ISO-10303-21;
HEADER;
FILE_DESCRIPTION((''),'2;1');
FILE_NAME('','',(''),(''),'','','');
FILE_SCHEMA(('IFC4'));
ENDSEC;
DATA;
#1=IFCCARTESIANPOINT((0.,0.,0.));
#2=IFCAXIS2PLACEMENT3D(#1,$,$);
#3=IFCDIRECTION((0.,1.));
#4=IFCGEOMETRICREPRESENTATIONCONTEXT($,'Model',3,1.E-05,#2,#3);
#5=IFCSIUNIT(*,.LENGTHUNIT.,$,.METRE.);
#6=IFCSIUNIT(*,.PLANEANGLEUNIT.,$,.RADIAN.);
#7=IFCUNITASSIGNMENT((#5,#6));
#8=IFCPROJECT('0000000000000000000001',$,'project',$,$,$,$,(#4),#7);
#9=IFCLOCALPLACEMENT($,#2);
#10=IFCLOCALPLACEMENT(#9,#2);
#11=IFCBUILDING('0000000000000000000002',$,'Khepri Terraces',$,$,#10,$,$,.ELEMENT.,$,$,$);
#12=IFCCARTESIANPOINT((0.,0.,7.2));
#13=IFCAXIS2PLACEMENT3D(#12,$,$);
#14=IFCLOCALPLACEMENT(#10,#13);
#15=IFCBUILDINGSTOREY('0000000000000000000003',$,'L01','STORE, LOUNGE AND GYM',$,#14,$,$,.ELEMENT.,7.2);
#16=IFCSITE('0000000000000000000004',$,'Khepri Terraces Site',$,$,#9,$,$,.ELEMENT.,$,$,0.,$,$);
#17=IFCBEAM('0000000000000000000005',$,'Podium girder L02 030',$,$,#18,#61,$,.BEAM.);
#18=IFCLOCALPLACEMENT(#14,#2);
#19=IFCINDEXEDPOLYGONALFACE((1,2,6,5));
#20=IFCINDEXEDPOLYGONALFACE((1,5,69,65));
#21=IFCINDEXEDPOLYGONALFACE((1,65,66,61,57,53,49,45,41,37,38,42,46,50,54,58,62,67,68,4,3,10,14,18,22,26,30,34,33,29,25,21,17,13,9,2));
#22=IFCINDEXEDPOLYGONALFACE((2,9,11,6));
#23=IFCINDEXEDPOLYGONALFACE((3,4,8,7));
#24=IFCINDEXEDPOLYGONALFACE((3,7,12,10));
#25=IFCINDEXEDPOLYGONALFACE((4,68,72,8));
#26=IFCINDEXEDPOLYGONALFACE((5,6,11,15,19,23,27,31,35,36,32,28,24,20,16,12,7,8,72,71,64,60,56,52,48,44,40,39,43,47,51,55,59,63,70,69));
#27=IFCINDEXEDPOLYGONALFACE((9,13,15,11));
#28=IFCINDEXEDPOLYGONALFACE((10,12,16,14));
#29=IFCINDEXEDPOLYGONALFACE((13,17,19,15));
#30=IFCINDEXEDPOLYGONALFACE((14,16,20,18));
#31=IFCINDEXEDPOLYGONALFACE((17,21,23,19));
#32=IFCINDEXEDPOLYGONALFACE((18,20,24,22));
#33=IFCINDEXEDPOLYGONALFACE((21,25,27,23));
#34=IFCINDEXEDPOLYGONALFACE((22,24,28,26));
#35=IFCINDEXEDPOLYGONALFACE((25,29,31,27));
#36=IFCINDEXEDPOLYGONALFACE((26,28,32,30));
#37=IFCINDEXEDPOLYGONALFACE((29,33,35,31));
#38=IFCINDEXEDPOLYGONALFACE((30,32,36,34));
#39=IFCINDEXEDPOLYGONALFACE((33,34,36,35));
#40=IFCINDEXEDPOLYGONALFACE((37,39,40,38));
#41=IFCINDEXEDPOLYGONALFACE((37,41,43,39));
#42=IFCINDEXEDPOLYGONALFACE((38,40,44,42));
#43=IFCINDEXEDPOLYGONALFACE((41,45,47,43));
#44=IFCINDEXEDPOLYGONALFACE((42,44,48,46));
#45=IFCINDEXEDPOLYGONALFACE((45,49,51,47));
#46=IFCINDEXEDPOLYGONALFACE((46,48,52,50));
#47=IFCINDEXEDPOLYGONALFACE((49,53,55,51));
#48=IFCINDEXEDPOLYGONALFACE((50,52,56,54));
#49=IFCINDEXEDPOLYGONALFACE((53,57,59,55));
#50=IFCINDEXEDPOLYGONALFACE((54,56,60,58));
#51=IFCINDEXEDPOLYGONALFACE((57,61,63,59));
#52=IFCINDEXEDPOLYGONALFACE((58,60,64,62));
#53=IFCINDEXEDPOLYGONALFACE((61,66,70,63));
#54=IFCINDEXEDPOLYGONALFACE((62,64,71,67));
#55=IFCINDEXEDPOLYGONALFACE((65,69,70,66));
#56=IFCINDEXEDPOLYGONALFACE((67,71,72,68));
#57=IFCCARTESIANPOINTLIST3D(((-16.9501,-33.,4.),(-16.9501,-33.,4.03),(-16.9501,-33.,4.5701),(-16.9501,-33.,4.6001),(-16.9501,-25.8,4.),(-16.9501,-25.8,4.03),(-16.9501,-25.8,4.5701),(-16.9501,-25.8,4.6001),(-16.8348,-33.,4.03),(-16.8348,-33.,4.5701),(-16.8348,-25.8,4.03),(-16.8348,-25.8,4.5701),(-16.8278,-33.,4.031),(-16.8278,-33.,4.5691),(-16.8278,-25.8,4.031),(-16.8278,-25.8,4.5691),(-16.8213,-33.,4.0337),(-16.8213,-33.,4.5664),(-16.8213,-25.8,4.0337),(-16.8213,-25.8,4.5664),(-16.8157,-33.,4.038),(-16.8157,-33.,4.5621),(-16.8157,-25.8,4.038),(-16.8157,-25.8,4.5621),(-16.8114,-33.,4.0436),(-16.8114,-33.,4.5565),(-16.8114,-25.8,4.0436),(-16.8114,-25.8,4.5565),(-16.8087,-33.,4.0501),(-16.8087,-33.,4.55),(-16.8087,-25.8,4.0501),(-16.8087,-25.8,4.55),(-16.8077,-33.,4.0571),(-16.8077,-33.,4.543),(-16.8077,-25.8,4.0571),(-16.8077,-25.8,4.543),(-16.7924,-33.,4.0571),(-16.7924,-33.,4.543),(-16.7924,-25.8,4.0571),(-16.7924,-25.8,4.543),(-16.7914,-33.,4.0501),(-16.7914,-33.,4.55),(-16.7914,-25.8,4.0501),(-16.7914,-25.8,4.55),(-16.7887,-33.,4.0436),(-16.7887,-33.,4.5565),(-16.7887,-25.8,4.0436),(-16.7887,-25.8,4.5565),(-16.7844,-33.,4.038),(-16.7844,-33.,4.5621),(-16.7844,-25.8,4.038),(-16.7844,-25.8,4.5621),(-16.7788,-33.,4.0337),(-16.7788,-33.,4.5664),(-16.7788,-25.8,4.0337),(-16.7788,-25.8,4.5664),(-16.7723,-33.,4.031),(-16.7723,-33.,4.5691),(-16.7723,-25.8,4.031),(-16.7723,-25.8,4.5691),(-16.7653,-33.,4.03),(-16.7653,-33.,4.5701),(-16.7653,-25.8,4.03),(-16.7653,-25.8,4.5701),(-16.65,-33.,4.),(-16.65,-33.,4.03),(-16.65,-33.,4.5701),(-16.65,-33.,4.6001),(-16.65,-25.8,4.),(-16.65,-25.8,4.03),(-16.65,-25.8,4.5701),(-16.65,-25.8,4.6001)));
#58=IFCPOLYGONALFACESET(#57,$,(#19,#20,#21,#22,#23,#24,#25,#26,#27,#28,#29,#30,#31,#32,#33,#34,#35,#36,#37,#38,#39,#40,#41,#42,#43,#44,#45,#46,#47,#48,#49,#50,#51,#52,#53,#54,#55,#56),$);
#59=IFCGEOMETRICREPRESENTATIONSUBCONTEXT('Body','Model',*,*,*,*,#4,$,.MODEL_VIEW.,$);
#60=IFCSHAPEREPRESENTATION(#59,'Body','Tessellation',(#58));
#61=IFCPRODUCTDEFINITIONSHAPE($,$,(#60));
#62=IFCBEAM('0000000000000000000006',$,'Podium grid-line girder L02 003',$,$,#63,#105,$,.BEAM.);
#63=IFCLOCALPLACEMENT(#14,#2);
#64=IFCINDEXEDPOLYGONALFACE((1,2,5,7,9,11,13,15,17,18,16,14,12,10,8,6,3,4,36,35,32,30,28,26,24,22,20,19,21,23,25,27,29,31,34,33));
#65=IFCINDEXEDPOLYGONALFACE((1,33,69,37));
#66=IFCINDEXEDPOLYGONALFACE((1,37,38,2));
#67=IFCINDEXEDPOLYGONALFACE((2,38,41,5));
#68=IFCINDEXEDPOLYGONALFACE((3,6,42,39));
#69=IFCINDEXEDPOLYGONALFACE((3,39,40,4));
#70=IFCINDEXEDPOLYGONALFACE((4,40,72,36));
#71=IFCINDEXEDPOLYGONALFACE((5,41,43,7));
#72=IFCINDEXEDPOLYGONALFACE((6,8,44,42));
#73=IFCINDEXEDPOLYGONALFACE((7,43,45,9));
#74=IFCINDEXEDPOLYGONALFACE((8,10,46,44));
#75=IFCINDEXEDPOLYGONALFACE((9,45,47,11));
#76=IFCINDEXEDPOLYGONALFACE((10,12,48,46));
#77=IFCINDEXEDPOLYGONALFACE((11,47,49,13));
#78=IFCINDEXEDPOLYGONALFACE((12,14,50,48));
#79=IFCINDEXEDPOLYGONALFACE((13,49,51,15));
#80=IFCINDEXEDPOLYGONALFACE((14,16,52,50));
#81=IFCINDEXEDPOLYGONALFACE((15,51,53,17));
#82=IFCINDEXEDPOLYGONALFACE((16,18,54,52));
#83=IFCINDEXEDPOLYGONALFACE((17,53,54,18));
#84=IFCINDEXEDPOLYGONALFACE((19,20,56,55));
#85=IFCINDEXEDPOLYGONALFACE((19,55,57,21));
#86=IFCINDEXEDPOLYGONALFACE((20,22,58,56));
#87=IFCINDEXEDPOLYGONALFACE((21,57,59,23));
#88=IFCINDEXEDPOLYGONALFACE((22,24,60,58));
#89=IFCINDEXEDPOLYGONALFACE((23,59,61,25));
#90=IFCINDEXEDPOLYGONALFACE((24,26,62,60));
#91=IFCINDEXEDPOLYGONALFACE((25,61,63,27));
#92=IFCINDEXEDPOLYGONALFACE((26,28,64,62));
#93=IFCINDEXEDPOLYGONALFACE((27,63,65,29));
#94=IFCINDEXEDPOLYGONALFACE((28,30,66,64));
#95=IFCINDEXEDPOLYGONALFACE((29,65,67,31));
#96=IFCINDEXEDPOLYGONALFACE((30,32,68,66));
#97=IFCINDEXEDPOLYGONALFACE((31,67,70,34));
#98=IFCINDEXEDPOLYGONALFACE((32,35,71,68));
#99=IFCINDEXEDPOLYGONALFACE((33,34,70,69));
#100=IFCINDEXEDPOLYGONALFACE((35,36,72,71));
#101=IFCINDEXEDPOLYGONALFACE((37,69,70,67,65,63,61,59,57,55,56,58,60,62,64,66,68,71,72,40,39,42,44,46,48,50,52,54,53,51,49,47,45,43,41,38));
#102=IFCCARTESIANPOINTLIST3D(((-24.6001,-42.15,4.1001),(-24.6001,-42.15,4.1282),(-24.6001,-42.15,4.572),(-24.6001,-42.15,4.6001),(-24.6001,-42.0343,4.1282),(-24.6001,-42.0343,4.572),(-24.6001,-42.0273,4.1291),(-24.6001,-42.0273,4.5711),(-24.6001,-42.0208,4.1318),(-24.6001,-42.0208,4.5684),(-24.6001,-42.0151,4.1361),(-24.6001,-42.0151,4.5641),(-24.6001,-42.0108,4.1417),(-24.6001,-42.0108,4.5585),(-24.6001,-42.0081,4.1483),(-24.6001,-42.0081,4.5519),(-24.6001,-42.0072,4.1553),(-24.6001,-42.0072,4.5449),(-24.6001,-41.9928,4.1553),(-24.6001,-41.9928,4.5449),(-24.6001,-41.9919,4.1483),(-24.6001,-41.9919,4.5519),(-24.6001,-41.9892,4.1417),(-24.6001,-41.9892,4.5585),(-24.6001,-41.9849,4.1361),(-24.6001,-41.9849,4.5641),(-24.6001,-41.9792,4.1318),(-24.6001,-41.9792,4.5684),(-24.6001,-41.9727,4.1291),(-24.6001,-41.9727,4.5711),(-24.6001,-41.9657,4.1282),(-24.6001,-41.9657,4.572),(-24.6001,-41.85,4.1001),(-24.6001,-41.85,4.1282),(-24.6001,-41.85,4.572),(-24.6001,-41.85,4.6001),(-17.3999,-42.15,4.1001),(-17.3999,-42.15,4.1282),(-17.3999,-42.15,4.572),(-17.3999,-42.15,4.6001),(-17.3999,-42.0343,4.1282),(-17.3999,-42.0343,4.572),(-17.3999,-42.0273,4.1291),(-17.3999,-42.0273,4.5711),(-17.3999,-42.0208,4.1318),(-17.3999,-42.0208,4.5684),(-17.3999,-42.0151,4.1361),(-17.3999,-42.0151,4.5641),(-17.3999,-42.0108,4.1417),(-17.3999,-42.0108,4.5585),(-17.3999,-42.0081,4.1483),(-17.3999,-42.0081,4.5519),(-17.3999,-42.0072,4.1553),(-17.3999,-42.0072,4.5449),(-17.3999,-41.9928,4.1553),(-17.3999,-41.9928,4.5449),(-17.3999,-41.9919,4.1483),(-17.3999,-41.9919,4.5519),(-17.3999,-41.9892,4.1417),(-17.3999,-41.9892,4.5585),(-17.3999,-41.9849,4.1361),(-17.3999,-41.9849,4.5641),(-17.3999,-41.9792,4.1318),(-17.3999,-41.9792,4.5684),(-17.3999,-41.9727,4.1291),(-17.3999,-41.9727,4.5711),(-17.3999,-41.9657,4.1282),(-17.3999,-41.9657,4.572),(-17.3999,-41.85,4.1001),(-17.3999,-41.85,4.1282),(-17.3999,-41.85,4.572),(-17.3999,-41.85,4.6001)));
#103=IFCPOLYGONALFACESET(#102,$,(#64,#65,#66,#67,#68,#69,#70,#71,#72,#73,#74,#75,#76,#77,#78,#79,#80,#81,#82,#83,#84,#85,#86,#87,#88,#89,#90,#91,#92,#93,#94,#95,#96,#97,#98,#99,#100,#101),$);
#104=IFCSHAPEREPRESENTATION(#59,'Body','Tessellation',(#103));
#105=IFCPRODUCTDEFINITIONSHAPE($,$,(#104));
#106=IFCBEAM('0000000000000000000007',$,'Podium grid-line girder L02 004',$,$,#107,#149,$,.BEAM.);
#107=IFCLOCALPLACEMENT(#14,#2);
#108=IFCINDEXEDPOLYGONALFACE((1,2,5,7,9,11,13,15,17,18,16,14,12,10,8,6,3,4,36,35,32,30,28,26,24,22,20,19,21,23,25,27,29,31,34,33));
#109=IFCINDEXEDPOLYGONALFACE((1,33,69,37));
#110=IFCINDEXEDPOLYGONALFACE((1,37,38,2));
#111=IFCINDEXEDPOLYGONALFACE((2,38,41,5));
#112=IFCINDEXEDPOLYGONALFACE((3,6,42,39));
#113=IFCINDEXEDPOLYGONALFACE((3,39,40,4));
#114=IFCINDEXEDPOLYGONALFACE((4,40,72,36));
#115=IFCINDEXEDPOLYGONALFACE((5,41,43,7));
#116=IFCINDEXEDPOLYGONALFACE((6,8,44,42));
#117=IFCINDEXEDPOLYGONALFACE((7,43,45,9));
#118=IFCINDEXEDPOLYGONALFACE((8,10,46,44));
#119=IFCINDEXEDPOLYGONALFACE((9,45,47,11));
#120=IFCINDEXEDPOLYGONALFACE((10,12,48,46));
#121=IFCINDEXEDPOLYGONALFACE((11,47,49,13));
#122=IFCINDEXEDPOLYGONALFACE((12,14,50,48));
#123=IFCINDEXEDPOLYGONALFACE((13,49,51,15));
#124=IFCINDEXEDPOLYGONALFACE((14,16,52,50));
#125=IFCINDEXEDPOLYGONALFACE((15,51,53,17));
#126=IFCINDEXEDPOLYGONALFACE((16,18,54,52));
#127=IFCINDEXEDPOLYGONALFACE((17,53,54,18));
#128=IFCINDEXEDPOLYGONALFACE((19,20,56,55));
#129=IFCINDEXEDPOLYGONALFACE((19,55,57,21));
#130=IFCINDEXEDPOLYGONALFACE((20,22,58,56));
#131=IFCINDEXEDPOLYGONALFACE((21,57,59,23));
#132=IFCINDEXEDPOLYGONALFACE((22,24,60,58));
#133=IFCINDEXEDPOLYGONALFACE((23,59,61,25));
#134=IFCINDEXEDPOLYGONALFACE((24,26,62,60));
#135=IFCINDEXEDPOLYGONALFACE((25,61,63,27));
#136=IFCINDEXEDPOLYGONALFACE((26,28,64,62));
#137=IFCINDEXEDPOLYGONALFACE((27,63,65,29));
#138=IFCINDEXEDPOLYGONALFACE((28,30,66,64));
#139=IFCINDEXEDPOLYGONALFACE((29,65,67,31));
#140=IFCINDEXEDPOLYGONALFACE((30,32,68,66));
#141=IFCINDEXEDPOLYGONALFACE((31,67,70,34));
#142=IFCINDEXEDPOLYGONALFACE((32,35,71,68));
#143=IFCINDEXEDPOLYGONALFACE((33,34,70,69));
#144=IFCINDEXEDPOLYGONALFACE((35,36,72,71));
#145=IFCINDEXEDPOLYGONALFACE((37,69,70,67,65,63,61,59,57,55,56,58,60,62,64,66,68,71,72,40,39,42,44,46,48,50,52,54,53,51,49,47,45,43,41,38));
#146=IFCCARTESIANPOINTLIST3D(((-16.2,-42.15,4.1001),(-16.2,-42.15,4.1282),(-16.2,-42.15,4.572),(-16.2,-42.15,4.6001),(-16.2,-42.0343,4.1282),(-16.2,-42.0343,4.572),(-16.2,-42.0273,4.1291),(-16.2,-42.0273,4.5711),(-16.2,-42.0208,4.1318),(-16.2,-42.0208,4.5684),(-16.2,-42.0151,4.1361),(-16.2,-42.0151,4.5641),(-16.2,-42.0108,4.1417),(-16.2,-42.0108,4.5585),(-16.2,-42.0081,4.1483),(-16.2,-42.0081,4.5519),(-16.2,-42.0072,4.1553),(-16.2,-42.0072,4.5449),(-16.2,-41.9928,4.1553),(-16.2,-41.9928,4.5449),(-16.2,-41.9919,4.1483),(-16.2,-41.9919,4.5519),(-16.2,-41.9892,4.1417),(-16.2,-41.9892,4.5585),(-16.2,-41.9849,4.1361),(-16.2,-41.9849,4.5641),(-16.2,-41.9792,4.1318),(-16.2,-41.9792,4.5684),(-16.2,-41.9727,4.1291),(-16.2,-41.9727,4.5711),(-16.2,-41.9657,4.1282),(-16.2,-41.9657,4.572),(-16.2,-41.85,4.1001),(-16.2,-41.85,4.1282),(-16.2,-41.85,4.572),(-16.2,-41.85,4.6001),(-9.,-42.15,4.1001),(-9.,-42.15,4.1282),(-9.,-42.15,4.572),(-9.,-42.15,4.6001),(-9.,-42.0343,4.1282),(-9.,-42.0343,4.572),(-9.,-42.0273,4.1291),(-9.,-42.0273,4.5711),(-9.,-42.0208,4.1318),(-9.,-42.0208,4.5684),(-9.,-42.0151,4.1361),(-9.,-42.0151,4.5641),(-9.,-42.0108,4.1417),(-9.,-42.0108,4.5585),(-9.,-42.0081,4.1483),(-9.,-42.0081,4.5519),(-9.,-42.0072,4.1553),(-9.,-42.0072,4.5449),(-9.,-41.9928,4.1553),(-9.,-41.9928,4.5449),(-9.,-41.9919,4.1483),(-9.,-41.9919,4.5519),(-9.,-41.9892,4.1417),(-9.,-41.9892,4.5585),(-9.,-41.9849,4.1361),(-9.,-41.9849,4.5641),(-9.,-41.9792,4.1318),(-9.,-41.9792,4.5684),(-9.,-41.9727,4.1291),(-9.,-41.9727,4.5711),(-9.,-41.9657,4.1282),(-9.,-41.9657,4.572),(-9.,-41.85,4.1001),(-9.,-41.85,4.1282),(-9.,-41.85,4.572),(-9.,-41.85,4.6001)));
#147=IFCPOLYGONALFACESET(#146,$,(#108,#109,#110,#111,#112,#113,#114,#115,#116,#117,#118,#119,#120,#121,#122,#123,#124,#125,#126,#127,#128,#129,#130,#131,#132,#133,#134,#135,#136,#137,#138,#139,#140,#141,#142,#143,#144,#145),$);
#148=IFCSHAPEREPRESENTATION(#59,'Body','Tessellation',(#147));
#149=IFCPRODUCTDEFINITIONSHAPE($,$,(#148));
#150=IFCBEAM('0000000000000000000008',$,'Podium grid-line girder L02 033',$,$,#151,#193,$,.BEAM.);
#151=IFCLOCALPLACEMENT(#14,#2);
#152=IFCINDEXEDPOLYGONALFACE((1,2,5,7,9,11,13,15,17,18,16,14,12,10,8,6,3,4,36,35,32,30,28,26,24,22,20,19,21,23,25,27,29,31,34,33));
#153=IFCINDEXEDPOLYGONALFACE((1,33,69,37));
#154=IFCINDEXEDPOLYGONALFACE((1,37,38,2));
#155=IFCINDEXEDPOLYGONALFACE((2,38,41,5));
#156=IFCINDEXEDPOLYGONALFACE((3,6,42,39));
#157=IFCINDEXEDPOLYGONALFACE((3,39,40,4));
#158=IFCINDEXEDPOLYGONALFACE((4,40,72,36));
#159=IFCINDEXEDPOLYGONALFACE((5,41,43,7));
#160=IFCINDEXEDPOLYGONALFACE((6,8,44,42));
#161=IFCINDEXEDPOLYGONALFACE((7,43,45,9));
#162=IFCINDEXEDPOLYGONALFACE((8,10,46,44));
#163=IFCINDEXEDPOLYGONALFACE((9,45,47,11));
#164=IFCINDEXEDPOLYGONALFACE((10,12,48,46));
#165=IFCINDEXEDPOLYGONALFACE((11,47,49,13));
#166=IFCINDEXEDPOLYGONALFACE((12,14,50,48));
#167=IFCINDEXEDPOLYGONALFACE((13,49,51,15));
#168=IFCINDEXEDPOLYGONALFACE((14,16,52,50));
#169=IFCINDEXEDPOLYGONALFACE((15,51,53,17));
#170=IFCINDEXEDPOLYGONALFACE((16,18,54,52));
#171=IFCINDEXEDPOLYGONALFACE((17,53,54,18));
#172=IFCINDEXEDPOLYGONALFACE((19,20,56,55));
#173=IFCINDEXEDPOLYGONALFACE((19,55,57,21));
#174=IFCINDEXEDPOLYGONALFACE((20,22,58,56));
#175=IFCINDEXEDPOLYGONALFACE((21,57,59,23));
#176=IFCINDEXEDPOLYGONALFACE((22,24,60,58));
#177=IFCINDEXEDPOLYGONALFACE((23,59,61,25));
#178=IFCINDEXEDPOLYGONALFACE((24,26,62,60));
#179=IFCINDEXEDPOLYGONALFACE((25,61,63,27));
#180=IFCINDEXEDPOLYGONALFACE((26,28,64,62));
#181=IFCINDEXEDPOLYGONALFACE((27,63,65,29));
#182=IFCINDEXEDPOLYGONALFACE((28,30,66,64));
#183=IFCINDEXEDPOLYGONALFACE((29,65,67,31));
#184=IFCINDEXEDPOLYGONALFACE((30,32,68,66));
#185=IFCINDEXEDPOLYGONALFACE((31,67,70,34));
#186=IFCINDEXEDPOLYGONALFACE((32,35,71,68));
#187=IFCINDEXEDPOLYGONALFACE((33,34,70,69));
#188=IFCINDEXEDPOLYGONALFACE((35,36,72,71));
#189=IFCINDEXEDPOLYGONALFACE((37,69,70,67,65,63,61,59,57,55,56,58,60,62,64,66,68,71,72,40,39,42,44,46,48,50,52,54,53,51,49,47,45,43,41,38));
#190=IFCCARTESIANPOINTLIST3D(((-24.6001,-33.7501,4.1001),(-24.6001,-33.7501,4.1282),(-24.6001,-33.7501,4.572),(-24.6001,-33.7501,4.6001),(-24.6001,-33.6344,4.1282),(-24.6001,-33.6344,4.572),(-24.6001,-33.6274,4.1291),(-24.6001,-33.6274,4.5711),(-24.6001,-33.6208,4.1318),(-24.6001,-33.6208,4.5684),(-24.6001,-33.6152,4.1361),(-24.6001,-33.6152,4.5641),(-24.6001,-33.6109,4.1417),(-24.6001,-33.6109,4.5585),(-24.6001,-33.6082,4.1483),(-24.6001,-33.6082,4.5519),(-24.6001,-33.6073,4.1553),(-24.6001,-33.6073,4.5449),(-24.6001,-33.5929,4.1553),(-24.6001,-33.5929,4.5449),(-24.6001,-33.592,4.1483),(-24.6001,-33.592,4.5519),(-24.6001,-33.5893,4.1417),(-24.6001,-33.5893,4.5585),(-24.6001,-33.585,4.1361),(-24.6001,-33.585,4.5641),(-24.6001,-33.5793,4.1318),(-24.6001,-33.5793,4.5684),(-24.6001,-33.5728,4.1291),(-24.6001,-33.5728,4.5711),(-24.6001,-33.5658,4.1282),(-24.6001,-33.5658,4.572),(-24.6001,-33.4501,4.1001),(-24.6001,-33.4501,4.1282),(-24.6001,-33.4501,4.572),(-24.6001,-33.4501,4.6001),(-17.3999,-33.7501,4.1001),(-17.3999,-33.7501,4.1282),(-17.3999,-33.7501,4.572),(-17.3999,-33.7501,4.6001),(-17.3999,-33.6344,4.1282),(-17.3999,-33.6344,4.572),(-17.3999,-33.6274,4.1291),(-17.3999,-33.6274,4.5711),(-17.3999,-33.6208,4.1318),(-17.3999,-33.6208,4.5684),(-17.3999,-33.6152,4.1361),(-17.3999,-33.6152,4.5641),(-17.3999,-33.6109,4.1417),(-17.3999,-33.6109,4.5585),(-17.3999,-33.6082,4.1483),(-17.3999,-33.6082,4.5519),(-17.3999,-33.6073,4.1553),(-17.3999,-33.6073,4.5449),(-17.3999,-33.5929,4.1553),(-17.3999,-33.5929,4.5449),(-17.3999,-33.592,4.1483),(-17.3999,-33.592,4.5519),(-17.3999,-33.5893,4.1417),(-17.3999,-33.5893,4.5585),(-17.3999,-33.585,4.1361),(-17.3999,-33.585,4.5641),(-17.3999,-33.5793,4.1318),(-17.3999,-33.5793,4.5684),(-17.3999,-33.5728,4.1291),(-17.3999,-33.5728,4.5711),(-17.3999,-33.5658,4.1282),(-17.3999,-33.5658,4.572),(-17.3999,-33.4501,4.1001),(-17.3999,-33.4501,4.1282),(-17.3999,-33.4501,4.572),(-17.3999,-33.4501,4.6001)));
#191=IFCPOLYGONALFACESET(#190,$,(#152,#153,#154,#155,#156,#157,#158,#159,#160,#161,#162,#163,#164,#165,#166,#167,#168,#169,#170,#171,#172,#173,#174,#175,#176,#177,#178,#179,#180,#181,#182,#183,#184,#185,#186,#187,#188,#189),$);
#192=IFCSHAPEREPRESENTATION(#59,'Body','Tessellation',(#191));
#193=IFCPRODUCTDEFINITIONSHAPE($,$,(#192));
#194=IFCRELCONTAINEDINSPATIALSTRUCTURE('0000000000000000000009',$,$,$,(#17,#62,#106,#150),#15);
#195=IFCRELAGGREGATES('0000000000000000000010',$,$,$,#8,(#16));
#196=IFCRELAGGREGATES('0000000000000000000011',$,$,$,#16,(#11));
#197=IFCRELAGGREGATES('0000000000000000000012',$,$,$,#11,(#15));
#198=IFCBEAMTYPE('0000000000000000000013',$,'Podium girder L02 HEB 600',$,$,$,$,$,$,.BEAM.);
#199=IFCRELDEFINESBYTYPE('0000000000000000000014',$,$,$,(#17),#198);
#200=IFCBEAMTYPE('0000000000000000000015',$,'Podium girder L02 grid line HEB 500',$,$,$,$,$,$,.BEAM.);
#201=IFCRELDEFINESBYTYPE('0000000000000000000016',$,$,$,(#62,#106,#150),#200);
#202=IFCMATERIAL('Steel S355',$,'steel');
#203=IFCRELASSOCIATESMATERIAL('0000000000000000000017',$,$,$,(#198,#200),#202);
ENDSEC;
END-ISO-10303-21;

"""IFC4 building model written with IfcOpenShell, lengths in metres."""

from ifc_helpers import new_model, si_unit, direction, frame, origin, origin_2d, place, context, subcontext, project, spatial, i_section, extrude, material, material_profile, profile_set, type_object, element, save


model = new_model("IFC4")

# Units and contexts
model_context = context("Model", 3, precision=1e-05, world=origin(), true_north=direction((0.0, 1.0)))
body_context = subcontext(model_context, "Body", "Model", "MODEL_VIEW")
ifc_project = project(units=[si_unit("LENGTHUNIT", "METRE"), si_unit("PLANEANGLEUNIT", "RADIAN")], contexts=[model_context])

# Site, building, storey
site_placement = place(None, origin())
site = spatial("IfcSite", under=ifc_project, at=site_placement, Name="Khepri Terraces Site", CompositionType="ELEMENT", RefElevation=0.0)
building_placement = place(site_placement, origin())
building = spatial("IfcBuilding", under=site, at=building_placement, Name="Khepri Terraces", CompositionType="ELEMENT")
storey_placement = place(building_placement, frame((0.0, 0.0, 7.2)))
storey = spatial("IfcBuildingStorey", under=building, at=storey_placement, Name="L01", Description="STORE, LOUNGE AND GYM", CompositionType="ELEMENT", Elevation=7.2)

# Beams
ifc_material_1 = material(Name="Steel S355", Category="steel")
ifc_material_profile_1 = material_profile(ifc_material_1, i_section(OverallWidth=0.3, OverallDepth=0.6001, WebThickness=0.0154, FlangeThickness=0.03, FilletRadius=0.0271, at=origin_2d()), Name="Steel S355", Category="steel")
ifc_profile_set_1 = profile_set([ifc_material_profile_1], Name="Steel S355")
beam_type_1 = type_object("IfcBeamType", Name="Podium girder L02 HEB 600", PredefinedType="BEAM", material=ifc_profile_set_1)
for number, where, z_axis, x_axis, name in (
    (1, (-16.8, -33.0, 4.3), (0.0, 1.0, 0.0), (-1.0, 0.0, 0.0), "Podium girder L02 030"),
):
    element("IfcBeam", number, at=place(storey_placement, frame(where, z_axis=z_axis, x_axis=x_axis)), inside=storey, type_object=beam_type_1, Name=name, PredefinedType="BEAM", context=body_context, shape_type="SweptSolid", body=[
        extrude(i_section(OverallWidth=0.3, OverallDepth=0.6001, WebThickness=0.0154, FlangeThickness=0.03, FilletRadius=0.0271, at=origin_2d()), origin(), (0.0, 0.0, 1.0), 7.2),
    ])
ifc_material_profile_2 = material_profile(ifc_material_1, i_section(OverallWidth=0.3, OverallDepth=0.5, WebThickness=0.0144, FlangeThickness=0.0281, FilletRadius=0.0271, at=origin_2d()), Name="Steel S355", Category="steel")
ifc_profile_set_2 = profile_set([ifc_material_profile_2], Name="Steel S355")
beam_type_2 = type_object("IfcBeamType", Name="Podium girder L02 grid line HEB 500", PredefinedType="BEAM", material=ifc_profile_set_2)
beam_1_placement = place(storey_placement, frame((-24.6001, -42.0, 4.3501), z_axis=(1.0, 0.0, 0.0), x_axis=(0.0, 1.0, 0.0)))
element("IfcBeam", 2, at=beam_1_placement, inside=storey, type_object=beam_type_2, Name="Podium grid-line girder L02 003", PredefinedType="BEAM", context=body_context, shape_type="SweptSolid", body=[
    extrude(i_section(OverallWidth=0.3, OverallDepth=0.5, WebThickness=0.0144, FlangeThickness=0.0281, FilletRadius=0.0271, at=origin_2d()), origin(), (0.0, 0.0, 1.0), 7.2002),
])
beam_2_placement = place(storey_placement, frame((-16.2, -42.0, 4.3501), z_axis=(1.0, 0.0, 0.0), x_axis=(0.0, 1.0, 0.0)))
element("IfcBeam", 3, at=beam_2_placement, inside=storey, type_object=beam_type_2, Name="Podium grid-line girder L02 004", PredefinedType="BEAM", context=body_context, shape_type="SweptSolid", body=[
    extrude(i_section(OverallWidth=0.3, OverallDepth=0.5, WebThickness=0.0144, FlangeThickness=0.0281, FilletRadius=0.0271, at=origin_2d()), origin(), (0.0, 0.0, 1.0), 7.2),
])
beam_3_placement = place(storey_placement, frame((-24.6001, -33.6001, 4.3501), z_axis=(1.0, 0.0, 0.0), x_axis=(0.0, 1.0, 0.0)))
element("IfcBeam", 4, at=beam_3_placement, inside=storey, type_object=beam_type_2, Name="Podium grid-line girder L02 033", PredefinedType="BEAM", context=body_context, shape_type="SweptSolid", body=[
    extrude(i_section(OverallWidth=0.3, OverallDepth=0.5, WebThickness=0.0144, FlangeThickness=0.0281, FilletRadius=0.0271, at=origin_2d()), origin(), (0.0, 0.0, 1.0), 7.2002),
])

save(model, "model.ifc")
